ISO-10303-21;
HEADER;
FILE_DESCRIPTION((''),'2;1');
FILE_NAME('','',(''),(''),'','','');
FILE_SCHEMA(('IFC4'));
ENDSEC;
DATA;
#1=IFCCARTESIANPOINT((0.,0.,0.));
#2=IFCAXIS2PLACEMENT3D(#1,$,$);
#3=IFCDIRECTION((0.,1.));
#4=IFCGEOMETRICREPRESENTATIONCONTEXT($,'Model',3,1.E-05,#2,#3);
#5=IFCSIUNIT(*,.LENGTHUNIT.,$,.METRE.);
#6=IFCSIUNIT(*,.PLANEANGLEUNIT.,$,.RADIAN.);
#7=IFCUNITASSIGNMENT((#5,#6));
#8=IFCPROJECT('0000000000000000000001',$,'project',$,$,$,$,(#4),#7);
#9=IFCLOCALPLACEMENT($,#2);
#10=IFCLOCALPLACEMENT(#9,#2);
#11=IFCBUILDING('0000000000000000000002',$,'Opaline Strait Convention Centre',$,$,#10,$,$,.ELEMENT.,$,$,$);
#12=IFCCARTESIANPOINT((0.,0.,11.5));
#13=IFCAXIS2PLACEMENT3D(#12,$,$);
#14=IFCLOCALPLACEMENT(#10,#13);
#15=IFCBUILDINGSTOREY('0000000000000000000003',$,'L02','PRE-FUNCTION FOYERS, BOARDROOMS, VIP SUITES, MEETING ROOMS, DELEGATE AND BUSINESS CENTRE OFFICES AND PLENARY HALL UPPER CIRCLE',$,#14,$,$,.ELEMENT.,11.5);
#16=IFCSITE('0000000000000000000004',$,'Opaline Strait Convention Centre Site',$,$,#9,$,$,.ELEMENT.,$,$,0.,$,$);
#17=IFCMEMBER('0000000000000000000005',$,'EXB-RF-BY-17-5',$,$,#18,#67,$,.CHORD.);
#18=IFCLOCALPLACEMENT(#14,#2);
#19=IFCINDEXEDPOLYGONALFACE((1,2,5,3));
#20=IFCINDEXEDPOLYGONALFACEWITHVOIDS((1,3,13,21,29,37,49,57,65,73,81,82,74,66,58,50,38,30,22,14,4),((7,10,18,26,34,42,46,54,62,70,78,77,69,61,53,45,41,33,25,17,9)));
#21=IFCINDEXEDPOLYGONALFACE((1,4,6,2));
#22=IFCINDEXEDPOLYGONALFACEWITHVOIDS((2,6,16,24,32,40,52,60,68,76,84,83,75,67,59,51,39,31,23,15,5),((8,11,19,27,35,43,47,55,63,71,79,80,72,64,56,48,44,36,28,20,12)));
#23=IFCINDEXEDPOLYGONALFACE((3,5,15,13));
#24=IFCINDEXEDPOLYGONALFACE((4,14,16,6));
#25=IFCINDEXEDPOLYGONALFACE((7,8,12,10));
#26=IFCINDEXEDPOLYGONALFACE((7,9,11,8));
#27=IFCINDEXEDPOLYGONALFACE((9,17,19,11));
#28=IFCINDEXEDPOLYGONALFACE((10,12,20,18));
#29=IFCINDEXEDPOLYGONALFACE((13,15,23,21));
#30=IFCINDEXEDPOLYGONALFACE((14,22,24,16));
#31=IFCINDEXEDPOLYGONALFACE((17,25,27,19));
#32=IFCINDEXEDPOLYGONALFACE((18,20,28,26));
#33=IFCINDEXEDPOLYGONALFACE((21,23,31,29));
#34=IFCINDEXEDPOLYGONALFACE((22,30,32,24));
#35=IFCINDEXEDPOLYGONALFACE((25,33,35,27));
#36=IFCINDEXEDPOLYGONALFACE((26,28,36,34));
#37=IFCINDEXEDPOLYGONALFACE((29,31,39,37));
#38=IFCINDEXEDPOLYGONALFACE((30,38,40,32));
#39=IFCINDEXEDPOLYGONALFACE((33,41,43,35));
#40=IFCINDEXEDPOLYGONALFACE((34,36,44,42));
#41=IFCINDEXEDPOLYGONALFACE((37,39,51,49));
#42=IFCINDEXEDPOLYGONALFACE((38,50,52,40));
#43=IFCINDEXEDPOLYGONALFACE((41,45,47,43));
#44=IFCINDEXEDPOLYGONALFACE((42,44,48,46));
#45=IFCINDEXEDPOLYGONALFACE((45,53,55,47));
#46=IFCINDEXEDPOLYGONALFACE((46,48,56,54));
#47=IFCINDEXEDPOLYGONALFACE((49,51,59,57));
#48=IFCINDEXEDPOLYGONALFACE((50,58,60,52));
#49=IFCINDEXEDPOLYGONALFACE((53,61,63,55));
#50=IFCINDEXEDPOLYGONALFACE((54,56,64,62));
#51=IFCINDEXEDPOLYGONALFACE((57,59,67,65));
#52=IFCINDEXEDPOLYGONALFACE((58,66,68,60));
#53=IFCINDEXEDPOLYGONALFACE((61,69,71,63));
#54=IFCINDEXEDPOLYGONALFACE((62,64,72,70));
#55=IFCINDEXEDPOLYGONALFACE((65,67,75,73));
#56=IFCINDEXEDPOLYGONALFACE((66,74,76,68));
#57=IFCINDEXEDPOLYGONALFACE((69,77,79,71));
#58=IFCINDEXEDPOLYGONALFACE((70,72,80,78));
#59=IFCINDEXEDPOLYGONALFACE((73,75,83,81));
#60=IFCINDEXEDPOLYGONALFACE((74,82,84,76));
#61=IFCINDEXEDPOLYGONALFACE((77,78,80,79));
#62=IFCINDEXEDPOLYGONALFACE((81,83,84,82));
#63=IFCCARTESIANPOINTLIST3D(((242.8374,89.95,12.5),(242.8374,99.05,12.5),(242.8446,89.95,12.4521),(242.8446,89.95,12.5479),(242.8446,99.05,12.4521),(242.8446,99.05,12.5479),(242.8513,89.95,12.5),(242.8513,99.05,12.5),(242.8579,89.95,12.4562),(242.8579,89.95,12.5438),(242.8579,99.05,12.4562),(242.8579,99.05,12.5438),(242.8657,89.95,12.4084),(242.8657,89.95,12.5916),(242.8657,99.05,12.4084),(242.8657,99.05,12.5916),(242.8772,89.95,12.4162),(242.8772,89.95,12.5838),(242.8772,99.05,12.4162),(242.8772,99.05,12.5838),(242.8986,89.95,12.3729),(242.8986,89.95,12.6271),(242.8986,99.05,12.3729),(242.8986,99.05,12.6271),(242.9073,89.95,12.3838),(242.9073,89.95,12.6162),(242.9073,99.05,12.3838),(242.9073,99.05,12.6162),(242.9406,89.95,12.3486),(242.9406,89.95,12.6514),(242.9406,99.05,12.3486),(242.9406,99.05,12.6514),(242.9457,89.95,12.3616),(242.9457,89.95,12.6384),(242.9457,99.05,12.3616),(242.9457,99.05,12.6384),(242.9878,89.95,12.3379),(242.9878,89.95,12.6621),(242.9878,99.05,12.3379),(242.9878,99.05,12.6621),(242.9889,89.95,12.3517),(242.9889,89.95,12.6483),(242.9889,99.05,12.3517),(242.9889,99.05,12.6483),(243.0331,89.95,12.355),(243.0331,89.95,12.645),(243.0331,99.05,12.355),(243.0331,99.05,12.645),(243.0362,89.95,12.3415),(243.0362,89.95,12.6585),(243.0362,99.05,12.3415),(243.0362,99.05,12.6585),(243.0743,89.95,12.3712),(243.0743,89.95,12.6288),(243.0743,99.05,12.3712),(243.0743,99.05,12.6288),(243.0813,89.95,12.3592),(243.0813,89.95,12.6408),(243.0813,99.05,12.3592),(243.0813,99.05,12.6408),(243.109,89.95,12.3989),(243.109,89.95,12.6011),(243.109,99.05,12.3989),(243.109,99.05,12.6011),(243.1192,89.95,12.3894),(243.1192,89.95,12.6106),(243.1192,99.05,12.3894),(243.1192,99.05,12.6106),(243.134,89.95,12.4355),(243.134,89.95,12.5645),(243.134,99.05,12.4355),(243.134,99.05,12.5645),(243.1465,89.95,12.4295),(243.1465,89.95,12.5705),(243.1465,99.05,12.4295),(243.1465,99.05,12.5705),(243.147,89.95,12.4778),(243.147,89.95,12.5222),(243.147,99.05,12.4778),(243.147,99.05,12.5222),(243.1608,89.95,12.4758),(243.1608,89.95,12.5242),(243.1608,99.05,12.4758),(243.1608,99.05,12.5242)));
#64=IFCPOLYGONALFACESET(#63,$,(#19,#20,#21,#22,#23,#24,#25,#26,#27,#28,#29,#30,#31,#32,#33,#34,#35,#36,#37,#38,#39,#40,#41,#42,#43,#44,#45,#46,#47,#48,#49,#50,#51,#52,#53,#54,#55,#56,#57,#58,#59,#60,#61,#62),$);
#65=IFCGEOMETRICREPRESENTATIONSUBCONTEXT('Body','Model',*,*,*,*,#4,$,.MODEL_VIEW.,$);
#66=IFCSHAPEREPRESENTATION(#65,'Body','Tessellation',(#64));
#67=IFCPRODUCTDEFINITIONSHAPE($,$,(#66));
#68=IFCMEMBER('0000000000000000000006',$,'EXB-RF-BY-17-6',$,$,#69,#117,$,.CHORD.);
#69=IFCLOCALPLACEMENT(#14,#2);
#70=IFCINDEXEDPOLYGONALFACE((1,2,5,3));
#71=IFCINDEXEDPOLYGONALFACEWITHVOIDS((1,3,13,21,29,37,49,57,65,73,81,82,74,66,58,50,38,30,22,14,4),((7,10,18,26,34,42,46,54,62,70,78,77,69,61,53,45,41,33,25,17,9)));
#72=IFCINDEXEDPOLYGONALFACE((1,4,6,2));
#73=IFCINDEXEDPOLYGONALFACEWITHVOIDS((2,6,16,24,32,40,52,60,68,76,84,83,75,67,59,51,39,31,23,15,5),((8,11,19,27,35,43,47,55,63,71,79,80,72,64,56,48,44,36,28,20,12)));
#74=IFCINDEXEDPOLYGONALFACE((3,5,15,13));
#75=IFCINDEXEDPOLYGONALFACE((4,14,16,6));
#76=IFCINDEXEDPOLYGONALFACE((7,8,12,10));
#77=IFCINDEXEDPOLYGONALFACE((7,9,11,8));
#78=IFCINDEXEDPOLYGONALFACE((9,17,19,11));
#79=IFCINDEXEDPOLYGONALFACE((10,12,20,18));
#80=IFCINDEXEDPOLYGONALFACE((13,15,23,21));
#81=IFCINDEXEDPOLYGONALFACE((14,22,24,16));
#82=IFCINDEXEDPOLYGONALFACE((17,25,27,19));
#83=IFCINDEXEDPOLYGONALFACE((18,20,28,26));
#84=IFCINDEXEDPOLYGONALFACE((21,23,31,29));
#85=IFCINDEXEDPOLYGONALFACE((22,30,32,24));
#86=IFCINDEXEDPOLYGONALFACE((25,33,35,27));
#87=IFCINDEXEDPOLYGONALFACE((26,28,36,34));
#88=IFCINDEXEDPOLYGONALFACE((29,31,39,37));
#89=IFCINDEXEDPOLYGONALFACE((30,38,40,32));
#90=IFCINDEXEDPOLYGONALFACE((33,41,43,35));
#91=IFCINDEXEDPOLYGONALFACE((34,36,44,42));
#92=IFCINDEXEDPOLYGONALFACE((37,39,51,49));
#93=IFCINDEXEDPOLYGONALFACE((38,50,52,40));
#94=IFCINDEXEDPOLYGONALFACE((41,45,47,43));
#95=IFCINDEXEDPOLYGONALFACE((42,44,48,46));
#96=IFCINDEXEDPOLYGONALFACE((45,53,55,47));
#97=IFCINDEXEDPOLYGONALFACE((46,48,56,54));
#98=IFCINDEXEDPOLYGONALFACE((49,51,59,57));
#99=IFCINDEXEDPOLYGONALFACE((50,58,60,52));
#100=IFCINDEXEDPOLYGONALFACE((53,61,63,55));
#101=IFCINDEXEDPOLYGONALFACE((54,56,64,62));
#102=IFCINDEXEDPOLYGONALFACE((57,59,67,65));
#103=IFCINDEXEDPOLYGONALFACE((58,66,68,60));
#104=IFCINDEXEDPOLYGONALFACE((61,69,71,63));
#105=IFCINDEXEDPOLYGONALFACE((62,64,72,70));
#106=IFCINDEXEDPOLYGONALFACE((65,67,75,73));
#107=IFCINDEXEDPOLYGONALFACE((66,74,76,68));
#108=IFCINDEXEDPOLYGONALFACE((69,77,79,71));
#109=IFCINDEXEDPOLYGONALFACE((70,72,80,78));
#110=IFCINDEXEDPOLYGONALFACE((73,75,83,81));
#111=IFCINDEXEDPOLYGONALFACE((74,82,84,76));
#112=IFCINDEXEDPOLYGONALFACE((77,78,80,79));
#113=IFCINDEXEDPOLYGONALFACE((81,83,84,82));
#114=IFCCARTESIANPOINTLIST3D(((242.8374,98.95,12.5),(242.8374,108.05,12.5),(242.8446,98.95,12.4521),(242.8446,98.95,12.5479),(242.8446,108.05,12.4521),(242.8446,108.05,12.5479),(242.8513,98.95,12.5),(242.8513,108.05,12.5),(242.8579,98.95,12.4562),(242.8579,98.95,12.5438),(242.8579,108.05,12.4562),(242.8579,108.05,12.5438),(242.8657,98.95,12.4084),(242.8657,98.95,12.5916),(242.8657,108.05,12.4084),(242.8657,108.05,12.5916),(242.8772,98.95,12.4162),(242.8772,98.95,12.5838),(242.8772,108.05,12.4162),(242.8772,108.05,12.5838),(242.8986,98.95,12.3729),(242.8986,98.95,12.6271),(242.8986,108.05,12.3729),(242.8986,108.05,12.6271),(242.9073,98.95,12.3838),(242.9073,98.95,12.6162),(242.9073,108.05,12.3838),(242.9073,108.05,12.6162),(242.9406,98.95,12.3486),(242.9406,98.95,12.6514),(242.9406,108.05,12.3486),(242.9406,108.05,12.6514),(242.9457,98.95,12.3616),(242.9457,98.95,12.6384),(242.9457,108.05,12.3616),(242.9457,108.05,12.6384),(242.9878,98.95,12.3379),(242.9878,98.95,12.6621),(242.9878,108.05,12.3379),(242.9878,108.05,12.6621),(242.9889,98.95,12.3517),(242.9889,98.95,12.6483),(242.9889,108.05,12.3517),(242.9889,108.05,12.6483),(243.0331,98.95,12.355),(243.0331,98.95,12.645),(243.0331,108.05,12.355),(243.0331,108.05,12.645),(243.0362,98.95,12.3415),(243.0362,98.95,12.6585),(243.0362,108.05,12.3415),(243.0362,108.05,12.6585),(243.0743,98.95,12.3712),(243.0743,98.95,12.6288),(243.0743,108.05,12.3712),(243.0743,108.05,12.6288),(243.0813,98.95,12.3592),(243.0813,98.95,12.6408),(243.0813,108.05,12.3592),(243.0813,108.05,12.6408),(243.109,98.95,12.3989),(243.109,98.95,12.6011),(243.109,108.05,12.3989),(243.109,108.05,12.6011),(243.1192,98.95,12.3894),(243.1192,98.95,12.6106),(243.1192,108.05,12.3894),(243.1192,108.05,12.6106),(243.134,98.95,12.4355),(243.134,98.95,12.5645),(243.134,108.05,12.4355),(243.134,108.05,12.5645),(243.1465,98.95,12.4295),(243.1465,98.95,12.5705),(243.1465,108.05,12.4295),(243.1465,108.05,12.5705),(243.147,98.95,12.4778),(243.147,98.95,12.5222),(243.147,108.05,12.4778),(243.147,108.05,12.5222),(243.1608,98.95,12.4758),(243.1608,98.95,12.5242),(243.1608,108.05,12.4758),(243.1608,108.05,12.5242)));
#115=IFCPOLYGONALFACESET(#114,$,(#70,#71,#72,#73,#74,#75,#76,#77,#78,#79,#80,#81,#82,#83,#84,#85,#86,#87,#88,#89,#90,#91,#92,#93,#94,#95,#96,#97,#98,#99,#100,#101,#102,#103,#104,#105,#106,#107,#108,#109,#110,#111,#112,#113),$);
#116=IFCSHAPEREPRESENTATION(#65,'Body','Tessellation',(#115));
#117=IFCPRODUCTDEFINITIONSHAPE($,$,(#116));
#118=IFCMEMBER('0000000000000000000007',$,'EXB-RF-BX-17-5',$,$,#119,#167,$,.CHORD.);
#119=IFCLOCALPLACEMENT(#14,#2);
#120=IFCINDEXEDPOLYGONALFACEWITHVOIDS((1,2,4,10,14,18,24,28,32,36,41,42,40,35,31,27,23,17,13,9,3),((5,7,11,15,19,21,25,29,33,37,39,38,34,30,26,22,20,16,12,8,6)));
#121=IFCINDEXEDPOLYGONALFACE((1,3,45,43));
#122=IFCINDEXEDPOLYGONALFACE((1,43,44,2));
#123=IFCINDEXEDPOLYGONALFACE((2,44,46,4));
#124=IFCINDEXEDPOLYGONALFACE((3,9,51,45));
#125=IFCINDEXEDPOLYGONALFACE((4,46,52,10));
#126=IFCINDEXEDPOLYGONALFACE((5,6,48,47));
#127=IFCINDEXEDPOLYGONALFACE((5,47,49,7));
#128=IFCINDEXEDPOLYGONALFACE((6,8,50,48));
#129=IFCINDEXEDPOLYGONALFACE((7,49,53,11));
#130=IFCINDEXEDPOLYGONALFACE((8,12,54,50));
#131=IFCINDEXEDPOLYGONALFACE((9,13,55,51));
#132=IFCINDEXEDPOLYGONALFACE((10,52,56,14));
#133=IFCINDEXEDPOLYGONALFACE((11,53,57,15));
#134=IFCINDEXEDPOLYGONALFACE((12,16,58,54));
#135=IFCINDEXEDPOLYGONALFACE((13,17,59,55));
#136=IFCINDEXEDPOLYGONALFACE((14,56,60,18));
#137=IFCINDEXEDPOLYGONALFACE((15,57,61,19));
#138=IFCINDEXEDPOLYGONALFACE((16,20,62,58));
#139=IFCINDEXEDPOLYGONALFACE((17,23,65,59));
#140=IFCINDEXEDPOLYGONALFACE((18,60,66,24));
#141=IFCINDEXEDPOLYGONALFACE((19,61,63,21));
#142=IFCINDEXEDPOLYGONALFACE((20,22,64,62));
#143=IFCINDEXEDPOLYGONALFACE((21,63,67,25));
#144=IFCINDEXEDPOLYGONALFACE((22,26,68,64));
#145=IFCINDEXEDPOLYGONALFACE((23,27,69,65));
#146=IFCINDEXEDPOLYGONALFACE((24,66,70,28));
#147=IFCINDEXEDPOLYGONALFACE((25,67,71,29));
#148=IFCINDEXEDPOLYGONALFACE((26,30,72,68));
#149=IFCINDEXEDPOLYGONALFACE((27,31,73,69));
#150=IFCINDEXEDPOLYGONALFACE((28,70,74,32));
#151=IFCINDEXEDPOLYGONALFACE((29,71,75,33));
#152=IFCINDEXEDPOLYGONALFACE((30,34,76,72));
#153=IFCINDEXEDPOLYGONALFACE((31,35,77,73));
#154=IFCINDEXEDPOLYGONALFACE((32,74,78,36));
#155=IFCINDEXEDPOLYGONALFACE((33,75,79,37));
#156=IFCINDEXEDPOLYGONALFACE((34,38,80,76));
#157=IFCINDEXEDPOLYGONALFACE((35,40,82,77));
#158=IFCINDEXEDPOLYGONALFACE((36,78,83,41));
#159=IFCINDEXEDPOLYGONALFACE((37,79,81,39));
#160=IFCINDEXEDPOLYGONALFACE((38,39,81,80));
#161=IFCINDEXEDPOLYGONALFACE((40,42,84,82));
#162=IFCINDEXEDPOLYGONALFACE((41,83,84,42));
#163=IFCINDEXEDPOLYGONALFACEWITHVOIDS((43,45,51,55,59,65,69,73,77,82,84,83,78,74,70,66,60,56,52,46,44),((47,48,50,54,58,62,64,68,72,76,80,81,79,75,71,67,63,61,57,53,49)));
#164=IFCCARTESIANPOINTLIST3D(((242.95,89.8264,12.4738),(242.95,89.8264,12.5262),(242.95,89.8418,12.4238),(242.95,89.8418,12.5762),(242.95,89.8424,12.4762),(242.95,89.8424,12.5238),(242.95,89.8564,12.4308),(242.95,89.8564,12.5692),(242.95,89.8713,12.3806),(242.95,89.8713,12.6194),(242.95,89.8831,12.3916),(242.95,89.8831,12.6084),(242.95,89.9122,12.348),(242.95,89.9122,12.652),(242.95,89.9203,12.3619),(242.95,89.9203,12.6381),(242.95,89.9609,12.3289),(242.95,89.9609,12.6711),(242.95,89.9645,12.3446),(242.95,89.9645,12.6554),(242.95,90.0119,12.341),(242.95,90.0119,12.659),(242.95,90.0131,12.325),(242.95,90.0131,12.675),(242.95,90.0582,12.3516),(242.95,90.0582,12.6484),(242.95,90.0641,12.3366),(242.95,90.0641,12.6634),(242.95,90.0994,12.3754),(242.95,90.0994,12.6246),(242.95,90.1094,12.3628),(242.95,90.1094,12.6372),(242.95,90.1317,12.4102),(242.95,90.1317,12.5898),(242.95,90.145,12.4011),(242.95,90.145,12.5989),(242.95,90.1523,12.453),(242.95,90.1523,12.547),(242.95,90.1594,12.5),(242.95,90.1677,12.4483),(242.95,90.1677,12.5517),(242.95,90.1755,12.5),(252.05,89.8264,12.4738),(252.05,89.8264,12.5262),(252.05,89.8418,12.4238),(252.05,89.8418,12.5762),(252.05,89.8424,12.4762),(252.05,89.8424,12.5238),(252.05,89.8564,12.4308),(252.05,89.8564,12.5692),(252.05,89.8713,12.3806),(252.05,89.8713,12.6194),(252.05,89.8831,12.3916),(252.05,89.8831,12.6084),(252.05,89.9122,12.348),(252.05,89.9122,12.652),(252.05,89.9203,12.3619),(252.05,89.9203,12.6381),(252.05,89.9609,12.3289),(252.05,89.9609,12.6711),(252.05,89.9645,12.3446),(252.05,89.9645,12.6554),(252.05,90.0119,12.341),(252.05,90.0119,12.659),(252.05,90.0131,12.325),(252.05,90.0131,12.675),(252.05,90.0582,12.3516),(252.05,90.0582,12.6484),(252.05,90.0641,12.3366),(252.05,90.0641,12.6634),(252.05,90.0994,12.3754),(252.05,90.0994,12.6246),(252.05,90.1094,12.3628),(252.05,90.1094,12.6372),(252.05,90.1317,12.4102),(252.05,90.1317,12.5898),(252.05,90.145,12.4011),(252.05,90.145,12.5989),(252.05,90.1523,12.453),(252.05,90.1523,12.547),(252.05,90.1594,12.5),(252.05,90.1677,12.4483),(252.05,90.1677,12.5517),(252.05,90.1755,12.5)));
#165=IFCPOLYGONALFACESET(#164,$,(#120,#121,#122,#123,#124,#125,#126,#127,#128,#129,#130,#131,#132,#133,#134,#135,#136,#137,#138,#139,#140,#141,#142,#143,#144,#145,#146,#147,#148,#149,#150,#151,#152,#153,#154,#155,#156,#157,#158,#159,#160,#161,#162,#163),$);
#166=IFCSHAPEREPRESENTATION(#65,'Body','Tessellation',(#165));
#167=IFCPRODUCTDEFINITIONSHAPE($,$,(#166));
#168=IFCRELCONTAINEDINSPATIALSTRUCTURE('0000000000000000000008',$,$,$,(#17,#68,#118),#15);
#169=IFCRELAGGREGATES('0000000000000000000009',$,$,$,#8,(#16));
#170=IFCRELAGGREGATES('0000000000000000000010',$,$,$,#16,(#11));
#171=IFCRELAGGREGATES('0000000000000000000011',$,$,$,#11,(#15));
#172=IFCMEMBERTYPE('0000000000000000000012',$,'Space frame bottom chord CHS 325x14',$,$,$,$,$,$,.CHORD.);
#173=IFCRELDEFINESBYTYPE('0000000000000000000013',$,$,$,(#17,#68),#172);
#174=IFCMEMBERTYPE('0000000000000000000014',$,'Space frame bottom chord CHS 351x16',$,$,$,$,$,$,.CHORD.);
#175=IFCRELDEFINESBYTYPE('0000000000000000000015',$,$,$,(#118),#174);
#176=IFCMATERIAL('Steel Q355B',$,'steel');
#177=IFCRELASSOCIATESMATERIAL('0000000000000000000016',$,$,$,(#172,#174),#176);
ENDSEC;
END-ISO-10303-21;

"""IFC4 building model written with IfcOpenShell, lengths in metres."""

from ifc_helpers import new_model, si_unit, direction, frame, origin, origin_2d, place, context, subcontext, project, spatial, hollow_circle, extrude, material, material_profile, profile_set, type_object, element, save


model = new_model("IFC4")

# Units and contexts
model_context = context("Model", 3, precision=1e-05, world=origin(), true_north=direction((0.0, 1.0)))
body_context = subcontext(model_context, "Body", "Model", "MODEL_VIEW")
ifc_project = project(units=[si_unit("LENGTHUNIT", "METRE"), si_unit("PLANEANGLEUNIT", "RADIAN")], contexts=[model_context])

# Site, building, storey
site_placement = place(None, origin())
site = spatial("IfcSite", under=ifc_project, at=site_placement, Name="Opaline Strait Convention Centre Site", CompositionType="ELEMENT", RefElevation=0.0)
building_placement = place(site_placement, origin())
building = spatial("IfcBuilding", under=site, at=building_placement, Name="Opaline Strait Convention Centre", CompositionType="ELEMENT")
storey_placement = place(building_placement, frame((0.0, 0.0, 11.5)))
storey = spatial("IfcBuildingStorey", under=building, at=storey_placement, Name="L02", Description="PRE-FUNCTION FOYERS, BOARDROOMS, VIP SUITES, MEETING ROOMS, DELEGATE AND BUSINESS CENTRE OFFICES AND PLENARY HALL UPPER CIRCLE", CompositionType="ELEMENT", Elevation=11.5)

# Members
ifc_material = material(Name="Steel Q355B", Category="steel")
ifc_material_profile_1 = material_profile(ifc_material, hollow_circle(Radius=0.1626, WallThickness=0.0139, at=origin_2d()), Name="CHS 325x14")
ifc_profile_set_1 = profile_set([ifc_material_profile_1], Name="Steel Q355B")
member_type_1 = type_object("IfcMemberType", Name="Space frame bottom chord CHS 325x14", PredefinedType="CHORD", material=ifc_profile_set_1)
for number, where, z_axis, x_axis, name in (
    (1, (243.0, 89.95, 12.5), (0.0, 1.0, 0.0), (-1.0, 0.0, 0.0), "EXB-RF-BY-17-5"),
    (2, (243.0, 98.95, 12.5), (0.0, 1.0, 0.0), (-1.0, 0.0, 0.0), "EXB-RF-BY-17-6"),
):
    element("IfcMember", number, at=place(storey_placement, frame(where, z_axis=z_axis, x_axis=x_axis)), inside=storey, type_object=member_type_1, Name=name, PredefinedType="CHORD", context=body_context, shape_type="SweptSolid", body=[
        extrude(hollow_circle(Radius=0.1626, WallThickness=0.0139, at=origin_2d()), origin(), (0.0, 0.0, 1.0), 9.1001),
    ])
ifc_material_profile_2 = material_profile(ifc_material, hollow_circle(Radius=0.1755, WallThickness=0.0161, at=origin_2d()), Name="CHS 351x16")
ifc_profile_set_2 = profile_set([ifc_material_profile_2], Name="Steel Q355B")
member_type_2 = type_object("IfcMemberType", Name="Space frame bottom chord CHS 351x16", PredefinedType="CHORD", material=ifc_profile_set_2)
member_1_placement = place(storey_placement, frame((242.95, 90.0, 12.5), z_axis=(1.0, 0.0, 0.0), x_axis=(0.0, 1.0, 0.0)))
element("IfcMember", 3, at=member_1_placement, inside=storey, type_object=member_type_2, Name="EXB-RF-BX-17-5", PredefinedType="CHORD", context=body_context, shape_type="SweptSolid", body=[
    extrude(hollow_circle(Radius=0.1755, WallThickness=0.0161, at=origin_2d()), origin(), (0.0, 0.0, 1.0), 9.1001),
])

save(model, "model.ifc")
